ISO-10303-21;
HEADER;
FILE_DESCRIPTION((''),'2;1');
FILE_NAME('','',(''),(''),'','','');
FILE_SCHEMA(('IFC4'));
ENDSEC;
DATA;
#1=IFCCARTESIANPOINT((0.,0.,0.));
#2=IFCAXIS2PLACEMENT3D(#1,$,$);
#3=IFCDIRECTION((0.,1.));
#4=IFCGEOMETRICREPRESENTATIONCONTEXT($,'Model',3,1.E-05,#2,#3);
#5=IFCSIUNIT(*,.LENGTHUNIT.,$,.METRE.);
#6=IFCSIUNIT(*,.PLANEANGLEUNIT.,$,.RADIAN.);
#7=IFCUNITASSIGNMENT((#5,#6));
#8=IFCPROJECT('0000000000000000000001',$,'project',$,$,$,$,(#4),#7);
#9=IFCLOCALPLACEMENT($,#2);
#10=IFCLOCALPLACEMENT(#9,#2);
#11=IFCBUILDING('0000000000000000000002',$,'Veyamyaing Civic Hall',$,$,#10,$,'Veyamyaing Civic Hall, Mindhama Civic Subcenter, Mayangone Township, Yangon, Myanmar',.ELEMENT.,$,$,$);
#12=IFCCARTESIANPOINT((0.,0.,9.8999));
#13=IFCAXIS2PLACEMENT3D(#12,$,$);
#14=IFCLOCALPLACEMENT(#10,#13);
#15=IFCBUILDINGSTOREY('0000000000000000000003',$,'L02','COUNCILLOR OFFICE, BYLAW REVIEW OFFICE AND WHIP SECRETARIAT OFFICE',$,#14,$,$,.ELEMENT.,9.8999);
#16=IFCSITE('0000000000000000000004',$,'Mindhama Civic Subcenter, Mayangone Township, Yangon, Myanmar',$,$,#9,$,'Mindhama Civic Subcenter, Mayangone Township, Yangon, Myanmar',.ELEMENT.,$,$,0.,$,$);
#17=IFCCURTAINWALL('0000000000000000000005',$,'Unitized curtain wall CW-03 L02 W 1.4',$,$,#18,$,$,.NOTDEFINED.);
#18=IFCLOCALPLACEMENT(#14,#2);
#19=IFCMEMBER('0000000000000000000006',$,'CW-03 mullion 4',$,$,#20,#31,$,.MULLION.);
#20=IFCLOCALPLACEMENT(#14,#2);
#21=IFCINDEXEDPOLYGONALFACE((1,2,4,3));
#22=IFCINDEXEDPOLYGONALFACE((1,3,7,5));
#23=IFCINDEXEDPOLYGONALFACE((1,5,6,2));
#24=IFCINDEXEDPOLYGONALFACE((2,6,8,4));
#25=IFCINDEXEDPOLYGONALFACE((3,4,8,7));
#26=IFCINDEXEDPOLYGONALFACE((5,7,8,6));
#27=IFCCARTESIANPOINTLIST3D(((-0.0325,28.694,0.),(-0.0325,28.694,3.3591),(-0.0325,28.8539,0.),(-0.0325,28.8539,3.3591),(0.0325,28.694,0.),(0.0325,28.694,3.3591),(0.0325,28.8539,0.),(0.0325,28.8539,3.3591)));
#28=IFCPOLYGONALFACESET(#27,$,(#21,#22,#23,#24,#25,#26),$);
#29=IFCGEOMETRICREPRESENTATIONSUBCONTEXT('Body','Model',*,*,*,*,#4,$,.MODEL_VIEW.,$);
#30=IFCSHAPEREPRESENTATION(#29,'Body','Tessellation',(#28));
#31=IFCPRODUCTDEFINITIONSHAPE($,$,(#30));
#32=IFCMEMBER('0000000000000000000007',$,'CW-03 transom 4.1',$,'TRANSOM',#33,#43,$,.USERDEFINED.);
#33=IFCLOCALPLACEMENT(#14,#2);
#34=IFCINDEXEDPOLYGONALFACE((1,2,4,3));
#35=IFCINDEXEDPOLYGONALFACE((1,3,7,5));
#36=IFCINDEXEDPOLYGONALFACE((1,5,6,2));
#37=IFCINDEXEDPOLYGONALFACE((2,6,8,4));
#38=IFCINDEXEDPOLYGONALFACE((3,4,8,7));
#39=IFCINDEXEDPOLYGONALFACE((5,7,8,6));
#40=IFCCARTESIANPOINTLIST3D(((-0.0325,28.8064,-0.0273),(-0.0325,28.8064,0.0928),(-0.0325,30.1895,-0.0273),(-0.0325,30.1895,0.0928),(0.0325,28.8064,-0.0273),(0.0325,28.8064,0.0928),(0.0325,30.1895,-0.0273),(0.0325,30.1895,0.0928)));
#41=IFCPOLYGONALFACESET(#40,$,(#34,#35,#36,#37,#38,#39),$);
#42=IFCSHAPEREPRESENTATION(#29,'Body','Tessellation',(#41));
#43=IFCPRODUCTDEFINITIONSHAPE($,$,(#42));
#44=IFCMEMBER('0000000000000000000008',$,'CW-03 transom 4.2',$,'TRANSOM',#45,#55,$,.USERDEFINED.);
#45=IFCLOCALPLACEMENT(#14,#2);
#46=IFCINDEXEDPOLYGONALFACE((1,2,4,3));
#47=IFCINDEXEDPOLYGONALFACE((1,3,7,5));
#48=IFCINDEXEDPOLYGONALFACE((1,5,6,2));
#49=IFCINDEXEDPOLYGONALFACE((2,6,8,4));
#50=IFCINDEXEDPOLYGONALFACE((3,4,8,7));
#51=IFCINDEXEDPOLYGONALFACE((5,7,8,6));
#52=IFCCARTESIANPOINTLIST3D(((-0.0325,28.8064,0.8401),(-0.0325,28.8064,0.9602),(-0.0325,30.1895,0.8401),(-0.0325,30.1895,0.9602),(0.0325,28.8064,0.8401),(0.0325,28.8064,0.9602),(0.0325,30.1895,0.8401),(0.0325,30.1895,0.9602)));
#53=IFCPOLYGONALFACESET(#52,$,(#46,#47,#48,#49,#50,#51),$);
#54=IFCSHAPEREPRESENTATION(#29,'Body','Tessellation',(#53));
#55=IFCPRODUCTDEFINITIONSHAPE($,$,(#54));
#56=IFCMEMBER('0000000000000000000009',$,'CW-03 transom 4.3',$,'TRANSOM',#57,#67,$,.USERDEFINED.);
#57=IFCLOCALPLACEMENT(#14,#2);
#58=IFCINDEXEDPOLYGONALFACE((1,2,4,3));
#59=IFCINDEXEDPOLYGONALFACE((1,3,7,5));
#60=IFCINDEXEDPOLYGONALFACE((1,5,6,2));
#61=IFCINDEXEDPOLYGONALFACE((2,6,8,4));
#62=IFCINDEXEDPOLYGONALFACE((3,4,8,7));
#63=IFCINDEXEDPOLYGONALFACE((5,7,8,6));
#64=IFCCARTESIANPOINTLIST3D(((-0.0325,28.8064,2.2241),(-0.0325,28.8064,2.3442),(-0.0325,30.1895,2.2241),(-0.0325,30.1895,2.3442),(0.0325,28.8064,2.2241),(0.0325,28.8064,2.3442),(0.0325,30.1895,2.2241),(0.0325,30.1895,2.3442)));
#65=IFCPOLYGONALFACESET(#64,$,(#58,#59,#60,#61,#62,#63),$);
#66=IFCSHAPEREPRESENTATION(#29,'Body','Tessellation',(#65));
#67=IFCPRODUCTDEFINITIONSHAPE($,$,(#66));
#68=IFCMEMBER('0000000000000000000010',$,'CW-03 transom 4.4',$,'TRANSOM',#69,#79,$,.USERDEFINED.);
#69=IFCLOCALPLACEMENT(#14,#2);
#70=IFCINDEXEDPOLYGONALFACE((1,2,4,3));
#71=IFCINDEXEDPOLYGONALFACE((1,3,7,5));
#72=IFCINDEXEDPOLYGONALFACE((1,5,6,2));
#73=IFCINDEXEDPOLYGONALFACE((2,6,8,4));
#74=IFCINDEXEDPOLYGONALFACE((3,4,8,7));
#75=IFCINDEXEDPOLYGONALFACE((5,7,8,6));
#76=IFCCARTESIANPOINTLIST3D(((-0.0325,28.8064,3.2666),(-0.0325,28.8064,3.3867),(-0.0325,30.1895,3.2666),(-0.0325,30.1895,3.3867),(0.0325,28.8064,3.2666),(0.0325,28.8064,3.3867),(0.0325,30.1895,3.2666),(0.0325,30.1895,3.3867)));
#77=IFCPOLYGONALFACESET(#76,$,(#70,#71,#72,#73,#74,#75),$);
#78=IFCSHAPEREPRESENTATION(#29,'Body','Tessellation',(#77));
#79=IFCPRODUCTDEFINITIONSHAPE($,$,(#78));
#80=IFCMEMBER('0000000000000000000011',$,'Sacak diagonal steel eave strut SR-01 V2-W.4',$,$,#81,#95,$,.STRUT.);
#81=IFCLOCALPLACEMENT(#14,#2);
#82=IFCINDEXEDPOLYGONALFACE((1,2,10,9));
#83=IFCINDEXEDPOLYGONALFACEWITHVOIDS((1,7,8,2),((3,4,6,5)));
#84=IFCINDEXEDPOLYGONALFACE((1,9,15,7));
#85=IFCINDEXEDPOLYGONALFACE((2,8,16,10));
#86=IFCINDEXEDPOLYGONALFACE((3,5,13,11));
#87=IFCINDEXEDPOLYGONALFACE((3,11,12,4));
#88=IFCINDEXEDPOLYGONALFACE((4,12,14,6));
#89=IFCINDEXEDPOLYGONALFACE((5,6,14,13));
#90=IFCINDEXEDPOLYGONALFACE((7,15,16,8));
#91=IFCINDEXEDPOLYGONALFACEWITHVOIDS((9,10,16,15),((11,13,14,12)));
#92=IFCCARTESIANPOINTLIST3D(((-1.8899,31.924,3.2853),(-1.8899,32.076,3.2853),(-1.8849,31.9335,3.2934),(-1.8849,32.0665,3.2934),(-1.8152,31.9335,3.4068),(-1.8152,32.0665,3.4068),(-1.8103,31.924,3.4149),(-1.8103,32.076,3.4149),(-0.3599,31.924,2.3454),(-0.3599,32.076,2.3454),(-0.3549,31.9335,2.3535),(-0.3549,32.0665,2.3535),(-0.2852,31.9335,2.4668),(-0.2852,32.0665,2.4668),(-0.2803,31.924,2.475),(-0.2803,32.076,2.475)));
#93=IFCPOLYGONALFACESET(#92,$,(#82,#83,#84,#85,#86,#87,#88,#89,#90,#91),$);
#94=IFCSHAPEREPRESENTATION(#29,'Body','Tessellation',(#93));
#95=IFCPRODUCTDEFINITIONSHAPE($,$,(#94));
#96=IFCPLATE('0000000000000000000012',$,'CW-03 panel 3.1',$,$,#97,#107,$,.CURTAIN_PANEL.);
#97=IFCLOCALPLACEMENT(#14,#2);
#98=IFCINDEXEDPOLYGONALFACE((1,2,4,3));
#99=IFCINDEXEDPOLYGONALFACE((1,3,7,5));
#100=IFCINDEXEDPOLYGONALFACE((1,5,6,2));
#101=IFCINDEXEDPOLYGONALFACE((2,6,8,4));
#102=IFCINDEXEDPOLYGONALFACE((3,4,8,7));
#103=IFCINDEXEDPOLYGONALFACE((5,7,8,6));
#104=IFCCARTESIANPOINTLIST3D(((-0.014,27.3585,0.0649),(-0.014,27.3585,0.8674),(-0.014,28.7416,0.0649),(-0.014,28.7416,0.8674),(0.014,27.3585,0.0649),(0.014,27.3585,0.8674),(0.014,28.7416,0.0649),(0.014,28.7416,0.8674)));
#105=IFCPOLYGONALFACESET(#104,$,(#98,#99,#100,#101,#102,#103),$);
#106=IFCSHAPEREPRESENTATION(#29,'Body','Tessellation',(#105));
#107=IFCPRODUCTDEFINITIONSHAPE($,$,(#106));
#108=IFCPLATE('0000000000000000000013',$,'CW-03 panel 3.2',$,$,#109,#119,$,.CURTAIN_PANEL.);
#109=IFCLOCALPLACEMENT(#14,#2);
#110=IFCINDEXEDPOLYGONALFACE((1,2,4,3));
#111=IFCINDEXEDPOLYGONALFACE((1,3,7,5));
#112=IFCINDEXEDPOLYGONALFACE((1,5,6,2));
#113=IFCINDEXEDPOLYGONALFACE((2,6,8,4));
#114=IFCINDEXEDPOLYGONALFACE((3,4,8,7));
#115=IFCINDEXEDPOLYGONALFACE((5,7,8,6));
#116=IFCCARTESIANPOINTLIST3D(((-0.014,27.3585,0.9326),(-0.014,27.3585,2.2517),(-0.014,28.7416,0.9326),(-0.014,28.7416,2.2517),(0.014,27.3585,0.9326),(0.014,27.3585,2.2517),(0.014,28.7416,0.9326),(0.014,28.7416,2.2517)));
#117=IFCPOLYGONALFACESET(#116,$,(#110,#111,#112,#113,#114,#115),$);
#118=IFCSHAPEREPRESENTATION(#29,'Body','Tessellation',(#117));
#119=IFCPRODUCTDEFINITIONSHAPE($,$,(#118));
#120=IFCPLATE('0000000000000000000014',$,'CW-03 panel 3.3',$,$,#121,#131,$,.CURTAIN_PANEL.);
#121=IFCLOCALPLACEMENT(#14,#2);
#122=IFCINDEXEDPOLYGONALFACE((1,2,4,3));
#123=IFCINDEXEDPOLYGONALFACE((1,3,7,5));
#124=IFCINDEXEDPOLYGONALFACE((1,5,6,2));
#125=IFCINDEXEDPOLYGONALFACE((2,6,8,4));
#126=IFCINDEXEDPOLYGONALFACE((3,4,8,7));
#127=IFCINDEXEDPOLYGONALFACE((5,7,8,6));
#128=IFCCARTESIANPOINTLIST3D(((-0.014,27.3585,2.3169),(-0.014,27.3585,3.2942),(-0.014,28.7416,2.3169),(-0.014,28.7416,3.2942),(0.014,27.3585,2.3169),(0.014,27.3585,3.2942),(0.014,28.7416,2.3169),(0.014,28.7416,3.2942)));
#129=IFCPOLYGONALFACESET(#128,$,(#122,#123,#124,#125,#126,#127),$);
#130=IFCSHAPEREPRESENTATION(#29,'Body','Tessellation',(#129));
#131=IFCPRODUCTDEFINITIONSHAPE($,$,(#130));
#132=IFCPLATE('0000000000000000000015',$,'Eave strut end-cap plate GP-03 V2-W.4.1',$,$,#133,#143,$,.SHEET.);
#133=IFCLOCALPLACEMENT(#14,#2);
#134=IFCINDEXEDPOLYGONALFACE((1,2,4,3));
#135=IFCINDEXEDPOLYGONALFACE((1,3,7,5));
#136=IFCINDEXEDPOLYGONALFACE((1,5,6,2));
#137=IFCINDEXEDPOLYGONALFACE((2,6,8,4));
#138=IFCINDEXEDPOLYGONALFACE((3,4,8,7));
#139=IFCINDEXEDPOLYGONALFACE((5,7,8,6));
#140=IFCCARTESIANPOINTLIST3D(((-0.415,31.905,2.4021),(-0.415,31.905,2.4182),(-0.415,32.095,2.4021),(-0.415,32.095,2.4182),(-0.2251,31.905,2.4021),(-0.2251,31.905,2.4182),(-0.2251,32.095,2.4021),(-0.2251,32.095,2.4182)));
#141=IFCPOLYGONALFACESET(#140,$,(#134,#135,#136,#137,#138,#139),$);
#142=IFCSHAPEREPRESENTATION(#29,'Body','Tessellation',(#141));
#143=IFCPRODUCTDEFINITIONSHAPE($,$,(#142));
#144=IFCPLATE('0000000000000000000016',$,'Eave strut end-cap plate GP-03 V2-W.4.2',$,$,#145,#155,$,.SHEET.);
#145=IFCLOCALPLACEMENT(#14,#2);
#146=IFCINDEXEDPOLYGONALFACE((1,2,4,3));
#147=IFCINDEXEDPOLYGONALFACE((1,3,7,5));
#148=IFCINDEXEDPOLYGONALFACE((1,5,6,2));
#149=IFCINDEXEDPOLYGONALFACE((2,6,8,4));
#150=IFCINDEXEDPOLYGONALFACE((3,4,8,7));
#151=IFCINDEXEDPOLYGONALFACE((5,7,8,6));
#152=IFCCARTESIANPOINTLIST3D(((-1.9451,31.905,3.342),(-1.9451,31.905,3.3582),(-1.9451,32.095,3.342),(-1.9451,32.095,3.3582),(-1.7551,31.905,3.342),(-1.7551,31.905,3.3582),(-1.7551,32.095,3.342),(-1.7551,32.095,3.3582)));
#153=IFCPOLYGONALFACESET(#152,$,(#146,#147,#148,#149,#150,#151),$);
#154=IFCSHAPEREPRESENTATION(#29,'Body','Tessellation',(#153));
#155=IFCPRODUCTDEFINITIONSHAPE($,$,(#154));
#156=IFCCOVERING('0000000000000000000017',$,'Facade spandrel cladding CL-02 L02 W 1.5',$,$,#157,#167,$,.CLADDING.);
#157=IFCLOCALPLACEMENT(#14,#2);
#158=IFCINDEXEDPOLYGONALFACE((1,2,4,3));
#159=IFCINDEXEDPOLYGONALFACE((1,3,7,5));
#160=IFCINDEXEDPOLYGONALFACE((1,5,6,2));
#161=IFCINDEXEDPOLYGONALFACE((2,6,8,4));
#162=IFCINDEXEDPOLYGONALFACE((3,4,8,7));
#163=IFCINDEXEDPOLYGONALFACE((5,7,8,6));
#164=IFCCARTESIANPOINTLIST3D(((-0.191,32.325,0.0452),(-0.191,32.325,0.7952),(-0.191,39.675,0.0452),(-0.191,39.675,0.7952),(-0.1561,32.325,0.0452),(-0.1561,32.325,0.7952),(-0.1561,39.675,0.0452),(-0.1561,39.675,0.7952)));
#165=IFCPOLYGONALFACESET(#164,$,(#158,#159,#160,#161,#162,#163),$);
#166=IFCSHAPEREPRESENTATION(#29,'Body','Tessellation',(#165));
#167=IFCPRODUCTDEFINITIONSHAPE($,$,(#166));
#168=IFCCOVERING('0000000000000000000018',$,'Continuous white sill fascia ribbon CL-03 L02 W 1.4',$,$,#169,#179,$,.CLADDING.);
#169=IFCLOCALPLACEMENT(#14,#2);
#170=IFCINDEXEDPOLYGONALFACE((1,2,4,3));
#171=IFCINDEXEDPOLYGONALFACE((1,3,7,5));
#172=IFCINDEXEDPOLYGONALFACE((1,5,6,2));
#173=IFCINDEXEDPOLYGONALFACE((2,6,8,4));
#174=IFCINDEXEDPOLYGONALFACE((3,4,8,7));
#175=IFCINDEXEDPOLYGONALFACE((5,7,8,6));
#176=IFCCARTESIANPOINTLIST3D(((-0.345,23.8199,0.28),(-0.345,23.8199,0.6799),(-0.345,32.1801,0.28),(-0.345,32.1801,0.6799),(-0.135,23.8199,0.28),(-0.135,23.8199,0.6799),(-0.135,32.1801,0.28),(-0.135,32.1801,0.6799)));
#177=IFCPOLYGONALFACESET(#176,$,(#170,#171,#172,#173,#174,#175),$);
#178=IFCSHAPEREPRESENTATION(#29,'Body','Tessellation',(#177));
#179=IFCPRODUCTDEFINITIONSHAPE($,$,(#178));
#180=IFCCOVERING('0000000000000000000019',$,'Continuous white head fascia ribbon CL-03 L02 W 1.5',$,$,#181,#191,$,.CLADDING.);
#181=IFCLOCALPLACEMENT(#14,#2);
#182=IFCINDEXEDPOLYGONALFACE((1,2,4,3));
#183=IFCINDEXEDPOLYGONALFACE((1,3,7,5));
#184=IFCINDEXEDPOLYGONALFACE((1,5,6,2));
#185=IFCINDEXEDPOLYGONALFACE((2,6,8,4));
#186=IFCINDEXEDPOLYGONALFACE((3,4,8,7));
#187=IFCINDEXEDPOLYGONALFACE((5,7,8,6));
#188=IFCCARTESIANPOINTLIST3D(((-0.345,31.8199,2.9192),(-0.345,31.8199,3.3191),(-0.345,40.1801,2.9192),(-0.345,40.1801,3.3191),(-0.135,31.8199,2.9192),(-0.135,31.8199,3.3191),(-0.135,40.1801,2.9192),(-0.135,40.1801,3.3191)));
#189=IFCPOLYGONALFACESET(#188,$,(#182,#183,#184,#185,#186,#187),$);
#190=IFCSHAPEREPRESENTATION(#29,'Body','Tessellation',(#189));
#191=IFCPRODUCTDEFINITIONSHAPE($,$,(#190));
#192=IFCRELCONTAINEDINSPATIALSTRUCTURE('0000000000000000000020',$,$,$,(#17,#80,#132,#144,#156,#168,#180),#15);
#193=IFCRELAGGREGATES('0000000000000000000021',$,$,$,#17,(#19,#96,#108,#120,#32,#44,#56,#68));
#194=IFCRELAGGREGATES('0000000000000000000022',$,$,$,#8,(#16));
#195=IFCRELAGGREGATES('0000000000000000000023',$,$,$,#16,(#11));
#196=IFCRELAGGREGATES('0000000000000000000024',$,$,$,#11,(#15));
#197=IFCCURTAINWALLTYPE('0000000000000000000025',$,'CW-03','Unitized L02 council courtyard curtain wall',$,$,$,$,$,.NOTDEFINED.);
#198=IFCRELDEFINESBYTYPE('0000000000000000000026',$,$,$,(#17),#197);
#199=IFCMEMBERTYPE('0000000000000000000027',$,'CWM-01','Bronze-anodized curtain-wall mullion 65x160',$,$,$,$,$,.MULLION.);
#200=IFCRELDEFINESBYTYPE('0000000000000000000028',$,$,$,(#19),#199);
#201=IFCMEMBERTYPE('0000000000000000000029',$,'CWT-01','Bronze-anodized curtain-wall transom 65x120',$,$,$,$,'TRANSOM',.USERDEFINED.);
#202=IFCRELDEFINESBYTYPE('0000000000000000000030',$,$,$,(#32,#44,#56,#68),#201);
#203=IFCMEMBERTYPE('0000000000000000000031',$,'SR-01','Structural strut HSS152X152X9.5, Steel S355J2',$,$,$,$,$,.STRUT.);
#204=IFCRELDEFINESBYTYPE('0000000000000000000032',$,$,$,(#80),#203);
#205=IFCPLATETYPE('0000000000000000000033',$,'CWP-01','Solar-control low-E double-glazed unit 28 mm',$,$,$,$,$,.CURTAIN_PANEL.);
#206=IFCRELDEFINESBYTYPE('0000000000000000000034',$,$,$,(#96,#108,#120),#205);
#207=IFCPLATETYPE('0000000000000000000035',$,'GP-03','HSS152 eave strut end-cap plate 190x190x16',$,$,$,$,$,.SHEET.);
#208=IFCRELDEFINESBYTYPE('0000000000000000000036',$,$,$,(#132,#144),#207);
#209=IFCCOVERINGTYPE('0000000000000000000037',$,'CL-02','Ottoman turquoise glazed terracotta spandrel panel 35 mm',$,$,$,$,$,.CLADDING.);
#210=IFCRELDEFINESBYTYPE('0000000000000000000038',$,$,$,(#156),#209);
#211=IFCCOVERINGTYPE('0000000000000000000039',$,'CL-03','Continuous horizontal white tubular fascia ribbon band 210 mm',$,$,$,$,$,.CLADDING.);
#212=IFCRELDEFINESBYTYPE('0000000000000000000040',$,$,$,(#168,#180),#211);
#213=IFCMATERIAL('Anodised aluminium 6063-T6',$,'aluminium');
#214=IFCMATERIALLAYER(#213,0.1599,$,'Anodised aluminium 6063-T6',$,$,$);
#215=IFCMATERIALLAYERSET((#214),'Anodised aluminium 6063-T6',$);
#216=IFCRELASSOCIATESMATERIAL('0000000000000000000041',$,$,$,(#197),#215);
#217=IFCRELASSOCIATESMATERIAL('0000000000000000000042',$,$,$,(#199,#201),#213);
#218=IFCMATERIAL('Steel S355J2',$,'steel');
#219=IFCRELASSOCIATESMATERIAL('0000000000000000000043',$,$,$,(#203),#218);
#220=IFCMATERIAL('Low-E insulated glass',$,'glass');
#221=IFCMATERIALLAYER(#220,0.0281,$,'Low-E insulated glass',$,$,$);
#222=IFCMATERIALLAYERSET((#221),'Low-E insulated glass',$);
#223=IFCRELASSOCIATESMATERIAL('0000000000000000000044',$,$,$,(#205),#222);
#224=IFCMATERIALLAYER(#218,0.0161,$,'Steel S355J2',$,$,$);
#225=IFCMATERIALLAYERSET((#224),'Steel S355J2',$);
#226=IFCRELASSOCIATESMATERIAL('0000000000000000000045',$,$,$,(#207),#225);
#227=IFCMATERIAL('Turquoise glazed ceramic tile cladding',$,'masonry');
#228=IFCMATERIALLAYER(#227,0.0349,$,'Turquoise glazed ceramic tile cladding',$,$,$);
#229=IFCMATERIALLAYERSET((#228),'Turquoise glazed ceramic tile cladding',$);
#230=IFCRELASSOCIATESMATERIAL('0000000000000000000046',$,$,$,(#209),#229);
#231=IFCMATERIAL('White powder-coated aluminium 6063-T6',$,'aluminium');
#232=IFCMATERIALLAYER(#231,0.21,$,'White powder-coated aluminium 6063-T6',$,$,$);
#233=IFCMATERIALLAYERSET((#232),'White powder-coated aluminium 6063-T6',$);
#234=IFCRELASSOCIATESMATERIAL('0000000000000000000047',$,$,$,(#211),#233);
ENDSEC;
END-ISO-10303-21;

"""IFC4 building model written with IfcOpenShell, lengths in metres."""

from ifc_helpers import new_model, si_unit, direction, frame, origin, origin_2d, place, context, subcontext, project, spatial, rectangle, hollow_rectangle, extrude, material, layer, layer_set, material_profile, profile_set, type_object, element, aggregate, save


model = new_model("IFC4")

# Units and contexts
model_context = context("Model", 3, precision=1e-05, world=origin(), true_north=direction((0.0, 1.0)))
body_context = subcontext(model_context, "Body", "Model", "MODEL_VIEW")
ifc_project = project(units=[si_unit("LENGTHUNIT", "METRE"), si_unit("PLANEANGLEUNIT", "RADIAN")], contexts=[model_context])

# Site, building, storey
site_placement = place(None, origin())
site = spatial("IfcSite", under=ifc_project, at=site_placement, Name="Mindhama Civic Subcenter, Mayangone Township, Yangon, Myanmar", LongName="Mindhama Civic Subcenter, Mayangone Township, Yangon, Myanmar", CompositionType="ELEMENT", RefElevation=0.0)
building_placement = place(site_placement, origin())
building = spatial("IfcBuilding", under=site, at=building_placement, Name="Veyamyaing Civic Hall", LongName="Veyamyaing Civic Hall, Mindhama Civic Subcenter, Mayangone Township, Yangon, Myanmar", CompositionType="ELEMENT")
storey_placement = place(building_placement, frame((0.0, 0.0, 9.8999)))
storey = spatial("IfcBuildingStorey", under=building, at=storey_placement, Name="L02", Description="COUNCILLOR OFFICE, BYLAW REVIEW OFFICE AND WHIP SECRETARIAT OFFICE", CompositionType="ELEMENT", Elevation=9.8999)

# Curtain wall, members
ifc_material_1 = material(Name="Anodised aluminium 6063-T6", Category="aluminium")
ifc_layer_1 = layer(ifc_material_1, 0.1599, Name="Anodised aluminium 6063-T6")
ifc_layer_set_1 = layer_set([ifc_layer_1], Name="Anodised aluminium 6063-T6")
curtain_wall_type = type_object("IfcCurtainWallType", Name="CW-03", Description="Unitized L02 council courtyard curtain wall", PredefinedType="NOTDEFINED", material=ifc_layer_set_1)
curtain_wall_placement = place(storey_placement, origin())
curtain_wall = element("IfcCurtainWall", 1, at=curtain_wall_placement, inside=storey, type_object=curtain_wall_type, Name="Unitized curtain wall CW-03 L02 W 1.4", PredefinedType="NOTDEFINED")
ifc_material_profile_1 = material_profile(ifc_material_1, rectangle(XDim=0.0649, YDim=0.1599, at=origin_2d()), Name="ALU-MUL-65X160")
ifc_profile_set_1 = profile_set([ifc_material_profile_1], Name="Anodised aluminium 6063-T6")
member_type_1 = type_object("IfcMemberType", Name="CWM-01", Description="Bronze-anodized curtain-wall mullion 65x160", PredefinedType="MULLION", material=ifc_profile_set_1)
member_1_placement = place(storey_placement, frame((0.0, 28.7739, 0.0), z_axis=(0.0, 0.0, 1.0), x_axis=(-1.0, 0.0, 0.0)))
member_1 = element("IfcMember", 2, at=member_1_placement, type_object=member_type_1, Name="CW-03 mullion 4", PredefinedType="MULLION", context=body_context, shape_type="SweptSolid", body=[
    extrude(rectangle(XDim=0.0649, YDim=0.1599, at=origin_2d()), origin(), (0.0, 0.0, 1.0), 3.3591),
])
ifc_material_profile_2 = material_profile(ifc_material_1, rectangle(XDim=0.0649, YDim=0.1201, at=origin_2d()), Name="ALU-TRN-65X120")
ifc_profile_set_2 = profile_set([ifc_material_profile_2], Name="Anodised aluminium 6063-T6")
member_type_2 = type_object("IfcMemberType", Name="CWT-01", Description="Bronze-anodized curtain-wall transom 65x120", ElementType="TRANSOM", PredefinedType="USERDEFINED", material=ifc_profile_set_2)
member_2_placement = place(storey_placement, frame((0.0, 28.8064, 0.0327), z_axis=(0.0, 1.0, 0.0), x_axis=(-1.0, 0.0, 0.0)))
member_2 = element("IfcMember", 3, at=member_2_placement, type_object=member_type_2, Name="CW-03 transom 4.1", ObjectType="TRANSOM", PredefinedType="USERDEFINED", context=body_context, shape_type="SweptSolid", body=[
    extrude(rectangle(XDim=0.0649, YDim=0.1201, at=origin_2d()), origin(), (0.0, 0.0, 1.0), 1.3831),
])
member_3_placement = place(storey_placement, frame((0.0, 28.8064, 0.9001), z_axis=(0.0, 1.0, 0.0), x_axis=(-1.0, 0.0, 0.0)))
member_3 = element("IfcMember", 4, at=member_3_placement, type_object=member_type_2, Name="CW-03 transom 4.2", ObjectType="TRANSOM", PredefinedType="USERDEFINED", context=body_context, shape_type="SweptSolid", body=[
    extrude(rectangle(XDim=0.0649, YDim=0.1201, at=origin_2d()), origin(), (0.0, 0.0, 1.0), 1.3831),
])
member_4_placement = place(storey_placement, frame((0.0, 28.8064, 2.2842), z_axis=(0.0, 1.0, 0.0), x_axis=(-1.0, 0.0, 0.0)))
member_4 = element("IfcMember", 5, at=member_4_placement, type_object=member_type_2, Name="CW-03 transom 4.3", ObjectType="TRANSOM", PredefinedType="USERDEFINED", context=body_context, shape_type="SweptSolid", body=[
    extrude(rectangle(XDim=0.0649, YDim=0.1201, at=origin_2d()), origin(), (0.0, 0.0, 1.0), 1.3831),
])
member_5_placement = place(storey_placement, frame((0.0, 28.8064, 3.3267), z_axis=(0.0, 1.0, 0.0), x_axis=(-1.0, 0.0, 0.0)))
member_5 = element("IfcMember", 6, at=member_5_placement, type_object=member_type_2, Name="CW-03 transom 4.4", ObjectType="TRANSOM", PredefinedType="USERDEFINED", context=body_context, shape_type="SweptSolid", body=[
    extrude(rectangle(XDim=0.0649, YDim=0.1201, at=origin_2d()), origin(), (0.0, 0.0, 1.0), 1.3831),
])

# Member
ifc_material_2 = material(Name="Steel S355J2", Category="steel")
ifc_material_profile_3 = material_profile(ifc_material_2, hollow_rectangle(XDim=0.1521, YDim=0.1521, WallThickness=0.0095, at=origin_2d()), Name="HSS152X152X9.5")
ifc_profile_set_3 = profile_set([ifc_material_profile_3], Name="Steel S355J2")
member_type_3 = type_object("IfcMemberType", Name="SR-01", Description="Structural strut HSS152X152X9.5, Steel S355J2", PredefinedType="STRUT", material=ifc_profile_set_3)
member_6_placement = place(storey_placement, frame((-0.3201, 32.0, 2.4102), z_axis=(-0.85206, 0.0, 0.523445), x_axis=(0.0, -1.0, 0.0)))
element("IfcMember", 7, at=member_6_placement, inside=storey, type_object=member_type_3, Name="Sacak diagonal steel eave strut SR-01 V2-W.4", PredefinedType="STRUT", context=body_context, shape_type="SweptSolid", body=[
    extrude(hollow_rectangle(XDim=0.1521, YDim=0.1521, WallThickness=0.0095, at=origin_2d()), origin(), (0.0, 0.0, 1.0), 1.7957),
])

# Plates
ifc_material_3 = material(Name="Low-E insulated glass", Category="glass")
ifc_layer_2 = layer(ifc_material_3, 0.0281, Name="Low-E insulated glass")
ifc_layer_set_2 = layer_set([ifc_layer_2], Name="Low-E insulated glass")
plate_type_1 = type_object("IfcPlateType", Name="CWP-01", Description="Solar-control low-E double-glazed unit 28 mm", PredefinedType="CURTAIN_PANEL", material=ifc_layer_set_2)
plate_1_placement = place(storey_placement, frame((0.0, 28.05, 0.0649), z_axis=(0.0, 0.0, 1.0), x_axis=(0.0, 1.0, 0.0)))
plate_1 = element("IfcPlate", 8, at=plate_1_placement, type_object=plate_type_1, Name="CW-03 panel 3.1", PredefinedType="CURTAIN_PANEL", context=body_context, shape_type="SweptSolid", body=[
    extrude(rectangle(XDim=1.3831, YDim=0.0281, at=origin_2d()), origin(), (0.0, 0.0, 1.0), 0.8025),
])
plate_2_placement = place(storey_placement, frame((0.0, 28.05, 0.9326), z_axis=(0.0, 0.0, 1.0), x_axis=(0.0, 1.0, 0.0)))
plate_2 = element("IfcPlate", 9, at=plate_2_placement, type_object=plate_type_1, Name="CW-03 panel 3.2", PredefinedType="CURTAIN_PANEL", context=body_context, shape_type="SweptSolid", body=[
    extrude(rectangle(XDim=1.3831, YDim=0.0281, at=origin_2d()), origin(), (0.0, 0.0, 1.0), 1.3191),
])
plate_3_placement = place(storey_placement, frame((0.0, 28.05, 2.3169), z_axis=(0.0, 0.0, 1.0), x_axis=(0.0, 1.0, 0.0)))
plate_3 = element("IfcPlate", 10, at=plate_3_placement, type_object=plate_type_1, Name="CW-03 panel 3.3", PredefinedType="CURTAIN_PANEL", context=body_context, shape_type="SweptSolid", body=[
    extrude(rectangle(XDim=1.3831, YDim=0.0281, at=origin_2d()), origin(), (0.0, 0.0, 1.0), 0.9773),
])
aggregate(curtain_wall, [member_1, plate_1, plate_2, plate_3, member_2, member_3, member_4, member_5])

# Plates
ifc_layer_3 = layer(ifc_material_2, 0.0161, Name="Steel S355J2")
ifc_layer_set_3 = layer_set([ifc_layer_3], Name="Steel S355J2")
plate_type_2 = type_object("IfcPlateType", Name="GP-03", Description="HSS152 eave strut end-cap plate 190x190x16", PredefinedType="SHEET", material=ifc_layer_set_3)
for number, where, z_axis, x_axis, name in (
    (11, (-0.3201, 32.0, 2.4021), (0.0, 0.0, 1.0), (1.0, 0.0, 0.0), "Eave strut end-cap plate GP-03 V2-W.4.1"),
    (12, (-1.8501, 32.0, 3.342), (0.0, 0.0, 1.0), (1.0, 0.0, 0.0), "Eave strut end-cap plate GP-03 V2-W.4.2"),
):
    element("IfcPlate", number, at=place(storey_placement, frame(where, z_axis=z_axis, x_axis=x_axis)), inside=storey, type_object=plate_type_2, Name=name, PredefinedType="SHEET", context=body_context, shape_type="SweptSolid", body=[
        extrude(rectangle(XDim=0.1899, YDim=0.1899, at=origin_2d()), origin(), (0.0, 0.0, 1.0), 0.0161),
    ])

# Coverings
ifc_material_4 = material(Name="Turquoise glazed ceramic tile cladding", Category="masonry")
ifc_layer_4 = layer(ifc_material_4, 0.0349, Name="Turquoise glazed ceramic tile cladding")
ifc_layer_set_4 = layer_set([ifc_layer_4], Name="Turquoise glazed ceramic tile cladding")
covering_type_1 = type_object("IfcCoveringType", Name="CL-02", Description="Ottoman turquoise glazed terracotta spandrel panel 35 mm", PredefinedType="CLADDING", material=ifc_layer_set_4)
covering_placement = place(storey_placement, frame((-0.1736, 36.0, 0.0452), z_axis=(0.0, 0.0, 1.0), x_axis=(0.0, 1.0, 0.0)))
element("IfcCovering", 13, at=covering_placement, inside=storey, type_object=covering_type_1, Name="Facade spandrel cladding CL-02 L02 W 1.5", PredefinedType="CLADDING", context=body_context, shape_type="SweptSolid", body=[
    extrude(rectangle(XDim=7.3501, YDim=0.0349, at=origin_2d()), origin(), (0.0, 0.0, 1.0), 0.75),
])
ifc_material_5 = material(Name="White powder-coated aluminium 6063-T6", Category="aluminium")
ifc_layer_5 = layer(ifc_material_5, 0.21, Name="White powder-coated aluminium 6063-T6")
ifc_layer_set_5 = layer_set([ifc_layer_5], Name="White powder-coated aluminium 6063-T6")
covering_type_2 = type_object("IfcCoveringType", Name="CL-03", Description="Continuous horizontal white tubular fascia ribbon band 210 mm", PredefinedType="CLADDING", material=ifc_layer_set_5)
for number, where, z_axis, x_axis, name in (
    (14, (-0.24, 28.0, 0.28), (0.0, 0.0, 1.0), (0.0, 1.0, 0.0), "Continuous white sill fascia ribbon CL-03 L02 W 1.4"),
    (15, (-0.24, 36.0, 2.9192), (0.0, 0.0, 1.0), (0.0, 1.0, 0.0), "Continuous white head fascia ribbon CL-03 L02 W 1.5"),
):
    element("IfcCovering", number, at=place(storey_placement, frame(where, z_axis=z_axis, x_axis=x_axis)), inside=storey, type_object=covering_type_2, Name=name, PredefinedType="CLADDING", context=body_context, shape_type="SweptSolid", body=[
        extrude(rectangle(XDim=8.3601, YDim=0.21, at=origin_2d()), origin(), (0.0, 0.0, 1.0), 0.3999),
    ])

save(model, "model.ifc")
